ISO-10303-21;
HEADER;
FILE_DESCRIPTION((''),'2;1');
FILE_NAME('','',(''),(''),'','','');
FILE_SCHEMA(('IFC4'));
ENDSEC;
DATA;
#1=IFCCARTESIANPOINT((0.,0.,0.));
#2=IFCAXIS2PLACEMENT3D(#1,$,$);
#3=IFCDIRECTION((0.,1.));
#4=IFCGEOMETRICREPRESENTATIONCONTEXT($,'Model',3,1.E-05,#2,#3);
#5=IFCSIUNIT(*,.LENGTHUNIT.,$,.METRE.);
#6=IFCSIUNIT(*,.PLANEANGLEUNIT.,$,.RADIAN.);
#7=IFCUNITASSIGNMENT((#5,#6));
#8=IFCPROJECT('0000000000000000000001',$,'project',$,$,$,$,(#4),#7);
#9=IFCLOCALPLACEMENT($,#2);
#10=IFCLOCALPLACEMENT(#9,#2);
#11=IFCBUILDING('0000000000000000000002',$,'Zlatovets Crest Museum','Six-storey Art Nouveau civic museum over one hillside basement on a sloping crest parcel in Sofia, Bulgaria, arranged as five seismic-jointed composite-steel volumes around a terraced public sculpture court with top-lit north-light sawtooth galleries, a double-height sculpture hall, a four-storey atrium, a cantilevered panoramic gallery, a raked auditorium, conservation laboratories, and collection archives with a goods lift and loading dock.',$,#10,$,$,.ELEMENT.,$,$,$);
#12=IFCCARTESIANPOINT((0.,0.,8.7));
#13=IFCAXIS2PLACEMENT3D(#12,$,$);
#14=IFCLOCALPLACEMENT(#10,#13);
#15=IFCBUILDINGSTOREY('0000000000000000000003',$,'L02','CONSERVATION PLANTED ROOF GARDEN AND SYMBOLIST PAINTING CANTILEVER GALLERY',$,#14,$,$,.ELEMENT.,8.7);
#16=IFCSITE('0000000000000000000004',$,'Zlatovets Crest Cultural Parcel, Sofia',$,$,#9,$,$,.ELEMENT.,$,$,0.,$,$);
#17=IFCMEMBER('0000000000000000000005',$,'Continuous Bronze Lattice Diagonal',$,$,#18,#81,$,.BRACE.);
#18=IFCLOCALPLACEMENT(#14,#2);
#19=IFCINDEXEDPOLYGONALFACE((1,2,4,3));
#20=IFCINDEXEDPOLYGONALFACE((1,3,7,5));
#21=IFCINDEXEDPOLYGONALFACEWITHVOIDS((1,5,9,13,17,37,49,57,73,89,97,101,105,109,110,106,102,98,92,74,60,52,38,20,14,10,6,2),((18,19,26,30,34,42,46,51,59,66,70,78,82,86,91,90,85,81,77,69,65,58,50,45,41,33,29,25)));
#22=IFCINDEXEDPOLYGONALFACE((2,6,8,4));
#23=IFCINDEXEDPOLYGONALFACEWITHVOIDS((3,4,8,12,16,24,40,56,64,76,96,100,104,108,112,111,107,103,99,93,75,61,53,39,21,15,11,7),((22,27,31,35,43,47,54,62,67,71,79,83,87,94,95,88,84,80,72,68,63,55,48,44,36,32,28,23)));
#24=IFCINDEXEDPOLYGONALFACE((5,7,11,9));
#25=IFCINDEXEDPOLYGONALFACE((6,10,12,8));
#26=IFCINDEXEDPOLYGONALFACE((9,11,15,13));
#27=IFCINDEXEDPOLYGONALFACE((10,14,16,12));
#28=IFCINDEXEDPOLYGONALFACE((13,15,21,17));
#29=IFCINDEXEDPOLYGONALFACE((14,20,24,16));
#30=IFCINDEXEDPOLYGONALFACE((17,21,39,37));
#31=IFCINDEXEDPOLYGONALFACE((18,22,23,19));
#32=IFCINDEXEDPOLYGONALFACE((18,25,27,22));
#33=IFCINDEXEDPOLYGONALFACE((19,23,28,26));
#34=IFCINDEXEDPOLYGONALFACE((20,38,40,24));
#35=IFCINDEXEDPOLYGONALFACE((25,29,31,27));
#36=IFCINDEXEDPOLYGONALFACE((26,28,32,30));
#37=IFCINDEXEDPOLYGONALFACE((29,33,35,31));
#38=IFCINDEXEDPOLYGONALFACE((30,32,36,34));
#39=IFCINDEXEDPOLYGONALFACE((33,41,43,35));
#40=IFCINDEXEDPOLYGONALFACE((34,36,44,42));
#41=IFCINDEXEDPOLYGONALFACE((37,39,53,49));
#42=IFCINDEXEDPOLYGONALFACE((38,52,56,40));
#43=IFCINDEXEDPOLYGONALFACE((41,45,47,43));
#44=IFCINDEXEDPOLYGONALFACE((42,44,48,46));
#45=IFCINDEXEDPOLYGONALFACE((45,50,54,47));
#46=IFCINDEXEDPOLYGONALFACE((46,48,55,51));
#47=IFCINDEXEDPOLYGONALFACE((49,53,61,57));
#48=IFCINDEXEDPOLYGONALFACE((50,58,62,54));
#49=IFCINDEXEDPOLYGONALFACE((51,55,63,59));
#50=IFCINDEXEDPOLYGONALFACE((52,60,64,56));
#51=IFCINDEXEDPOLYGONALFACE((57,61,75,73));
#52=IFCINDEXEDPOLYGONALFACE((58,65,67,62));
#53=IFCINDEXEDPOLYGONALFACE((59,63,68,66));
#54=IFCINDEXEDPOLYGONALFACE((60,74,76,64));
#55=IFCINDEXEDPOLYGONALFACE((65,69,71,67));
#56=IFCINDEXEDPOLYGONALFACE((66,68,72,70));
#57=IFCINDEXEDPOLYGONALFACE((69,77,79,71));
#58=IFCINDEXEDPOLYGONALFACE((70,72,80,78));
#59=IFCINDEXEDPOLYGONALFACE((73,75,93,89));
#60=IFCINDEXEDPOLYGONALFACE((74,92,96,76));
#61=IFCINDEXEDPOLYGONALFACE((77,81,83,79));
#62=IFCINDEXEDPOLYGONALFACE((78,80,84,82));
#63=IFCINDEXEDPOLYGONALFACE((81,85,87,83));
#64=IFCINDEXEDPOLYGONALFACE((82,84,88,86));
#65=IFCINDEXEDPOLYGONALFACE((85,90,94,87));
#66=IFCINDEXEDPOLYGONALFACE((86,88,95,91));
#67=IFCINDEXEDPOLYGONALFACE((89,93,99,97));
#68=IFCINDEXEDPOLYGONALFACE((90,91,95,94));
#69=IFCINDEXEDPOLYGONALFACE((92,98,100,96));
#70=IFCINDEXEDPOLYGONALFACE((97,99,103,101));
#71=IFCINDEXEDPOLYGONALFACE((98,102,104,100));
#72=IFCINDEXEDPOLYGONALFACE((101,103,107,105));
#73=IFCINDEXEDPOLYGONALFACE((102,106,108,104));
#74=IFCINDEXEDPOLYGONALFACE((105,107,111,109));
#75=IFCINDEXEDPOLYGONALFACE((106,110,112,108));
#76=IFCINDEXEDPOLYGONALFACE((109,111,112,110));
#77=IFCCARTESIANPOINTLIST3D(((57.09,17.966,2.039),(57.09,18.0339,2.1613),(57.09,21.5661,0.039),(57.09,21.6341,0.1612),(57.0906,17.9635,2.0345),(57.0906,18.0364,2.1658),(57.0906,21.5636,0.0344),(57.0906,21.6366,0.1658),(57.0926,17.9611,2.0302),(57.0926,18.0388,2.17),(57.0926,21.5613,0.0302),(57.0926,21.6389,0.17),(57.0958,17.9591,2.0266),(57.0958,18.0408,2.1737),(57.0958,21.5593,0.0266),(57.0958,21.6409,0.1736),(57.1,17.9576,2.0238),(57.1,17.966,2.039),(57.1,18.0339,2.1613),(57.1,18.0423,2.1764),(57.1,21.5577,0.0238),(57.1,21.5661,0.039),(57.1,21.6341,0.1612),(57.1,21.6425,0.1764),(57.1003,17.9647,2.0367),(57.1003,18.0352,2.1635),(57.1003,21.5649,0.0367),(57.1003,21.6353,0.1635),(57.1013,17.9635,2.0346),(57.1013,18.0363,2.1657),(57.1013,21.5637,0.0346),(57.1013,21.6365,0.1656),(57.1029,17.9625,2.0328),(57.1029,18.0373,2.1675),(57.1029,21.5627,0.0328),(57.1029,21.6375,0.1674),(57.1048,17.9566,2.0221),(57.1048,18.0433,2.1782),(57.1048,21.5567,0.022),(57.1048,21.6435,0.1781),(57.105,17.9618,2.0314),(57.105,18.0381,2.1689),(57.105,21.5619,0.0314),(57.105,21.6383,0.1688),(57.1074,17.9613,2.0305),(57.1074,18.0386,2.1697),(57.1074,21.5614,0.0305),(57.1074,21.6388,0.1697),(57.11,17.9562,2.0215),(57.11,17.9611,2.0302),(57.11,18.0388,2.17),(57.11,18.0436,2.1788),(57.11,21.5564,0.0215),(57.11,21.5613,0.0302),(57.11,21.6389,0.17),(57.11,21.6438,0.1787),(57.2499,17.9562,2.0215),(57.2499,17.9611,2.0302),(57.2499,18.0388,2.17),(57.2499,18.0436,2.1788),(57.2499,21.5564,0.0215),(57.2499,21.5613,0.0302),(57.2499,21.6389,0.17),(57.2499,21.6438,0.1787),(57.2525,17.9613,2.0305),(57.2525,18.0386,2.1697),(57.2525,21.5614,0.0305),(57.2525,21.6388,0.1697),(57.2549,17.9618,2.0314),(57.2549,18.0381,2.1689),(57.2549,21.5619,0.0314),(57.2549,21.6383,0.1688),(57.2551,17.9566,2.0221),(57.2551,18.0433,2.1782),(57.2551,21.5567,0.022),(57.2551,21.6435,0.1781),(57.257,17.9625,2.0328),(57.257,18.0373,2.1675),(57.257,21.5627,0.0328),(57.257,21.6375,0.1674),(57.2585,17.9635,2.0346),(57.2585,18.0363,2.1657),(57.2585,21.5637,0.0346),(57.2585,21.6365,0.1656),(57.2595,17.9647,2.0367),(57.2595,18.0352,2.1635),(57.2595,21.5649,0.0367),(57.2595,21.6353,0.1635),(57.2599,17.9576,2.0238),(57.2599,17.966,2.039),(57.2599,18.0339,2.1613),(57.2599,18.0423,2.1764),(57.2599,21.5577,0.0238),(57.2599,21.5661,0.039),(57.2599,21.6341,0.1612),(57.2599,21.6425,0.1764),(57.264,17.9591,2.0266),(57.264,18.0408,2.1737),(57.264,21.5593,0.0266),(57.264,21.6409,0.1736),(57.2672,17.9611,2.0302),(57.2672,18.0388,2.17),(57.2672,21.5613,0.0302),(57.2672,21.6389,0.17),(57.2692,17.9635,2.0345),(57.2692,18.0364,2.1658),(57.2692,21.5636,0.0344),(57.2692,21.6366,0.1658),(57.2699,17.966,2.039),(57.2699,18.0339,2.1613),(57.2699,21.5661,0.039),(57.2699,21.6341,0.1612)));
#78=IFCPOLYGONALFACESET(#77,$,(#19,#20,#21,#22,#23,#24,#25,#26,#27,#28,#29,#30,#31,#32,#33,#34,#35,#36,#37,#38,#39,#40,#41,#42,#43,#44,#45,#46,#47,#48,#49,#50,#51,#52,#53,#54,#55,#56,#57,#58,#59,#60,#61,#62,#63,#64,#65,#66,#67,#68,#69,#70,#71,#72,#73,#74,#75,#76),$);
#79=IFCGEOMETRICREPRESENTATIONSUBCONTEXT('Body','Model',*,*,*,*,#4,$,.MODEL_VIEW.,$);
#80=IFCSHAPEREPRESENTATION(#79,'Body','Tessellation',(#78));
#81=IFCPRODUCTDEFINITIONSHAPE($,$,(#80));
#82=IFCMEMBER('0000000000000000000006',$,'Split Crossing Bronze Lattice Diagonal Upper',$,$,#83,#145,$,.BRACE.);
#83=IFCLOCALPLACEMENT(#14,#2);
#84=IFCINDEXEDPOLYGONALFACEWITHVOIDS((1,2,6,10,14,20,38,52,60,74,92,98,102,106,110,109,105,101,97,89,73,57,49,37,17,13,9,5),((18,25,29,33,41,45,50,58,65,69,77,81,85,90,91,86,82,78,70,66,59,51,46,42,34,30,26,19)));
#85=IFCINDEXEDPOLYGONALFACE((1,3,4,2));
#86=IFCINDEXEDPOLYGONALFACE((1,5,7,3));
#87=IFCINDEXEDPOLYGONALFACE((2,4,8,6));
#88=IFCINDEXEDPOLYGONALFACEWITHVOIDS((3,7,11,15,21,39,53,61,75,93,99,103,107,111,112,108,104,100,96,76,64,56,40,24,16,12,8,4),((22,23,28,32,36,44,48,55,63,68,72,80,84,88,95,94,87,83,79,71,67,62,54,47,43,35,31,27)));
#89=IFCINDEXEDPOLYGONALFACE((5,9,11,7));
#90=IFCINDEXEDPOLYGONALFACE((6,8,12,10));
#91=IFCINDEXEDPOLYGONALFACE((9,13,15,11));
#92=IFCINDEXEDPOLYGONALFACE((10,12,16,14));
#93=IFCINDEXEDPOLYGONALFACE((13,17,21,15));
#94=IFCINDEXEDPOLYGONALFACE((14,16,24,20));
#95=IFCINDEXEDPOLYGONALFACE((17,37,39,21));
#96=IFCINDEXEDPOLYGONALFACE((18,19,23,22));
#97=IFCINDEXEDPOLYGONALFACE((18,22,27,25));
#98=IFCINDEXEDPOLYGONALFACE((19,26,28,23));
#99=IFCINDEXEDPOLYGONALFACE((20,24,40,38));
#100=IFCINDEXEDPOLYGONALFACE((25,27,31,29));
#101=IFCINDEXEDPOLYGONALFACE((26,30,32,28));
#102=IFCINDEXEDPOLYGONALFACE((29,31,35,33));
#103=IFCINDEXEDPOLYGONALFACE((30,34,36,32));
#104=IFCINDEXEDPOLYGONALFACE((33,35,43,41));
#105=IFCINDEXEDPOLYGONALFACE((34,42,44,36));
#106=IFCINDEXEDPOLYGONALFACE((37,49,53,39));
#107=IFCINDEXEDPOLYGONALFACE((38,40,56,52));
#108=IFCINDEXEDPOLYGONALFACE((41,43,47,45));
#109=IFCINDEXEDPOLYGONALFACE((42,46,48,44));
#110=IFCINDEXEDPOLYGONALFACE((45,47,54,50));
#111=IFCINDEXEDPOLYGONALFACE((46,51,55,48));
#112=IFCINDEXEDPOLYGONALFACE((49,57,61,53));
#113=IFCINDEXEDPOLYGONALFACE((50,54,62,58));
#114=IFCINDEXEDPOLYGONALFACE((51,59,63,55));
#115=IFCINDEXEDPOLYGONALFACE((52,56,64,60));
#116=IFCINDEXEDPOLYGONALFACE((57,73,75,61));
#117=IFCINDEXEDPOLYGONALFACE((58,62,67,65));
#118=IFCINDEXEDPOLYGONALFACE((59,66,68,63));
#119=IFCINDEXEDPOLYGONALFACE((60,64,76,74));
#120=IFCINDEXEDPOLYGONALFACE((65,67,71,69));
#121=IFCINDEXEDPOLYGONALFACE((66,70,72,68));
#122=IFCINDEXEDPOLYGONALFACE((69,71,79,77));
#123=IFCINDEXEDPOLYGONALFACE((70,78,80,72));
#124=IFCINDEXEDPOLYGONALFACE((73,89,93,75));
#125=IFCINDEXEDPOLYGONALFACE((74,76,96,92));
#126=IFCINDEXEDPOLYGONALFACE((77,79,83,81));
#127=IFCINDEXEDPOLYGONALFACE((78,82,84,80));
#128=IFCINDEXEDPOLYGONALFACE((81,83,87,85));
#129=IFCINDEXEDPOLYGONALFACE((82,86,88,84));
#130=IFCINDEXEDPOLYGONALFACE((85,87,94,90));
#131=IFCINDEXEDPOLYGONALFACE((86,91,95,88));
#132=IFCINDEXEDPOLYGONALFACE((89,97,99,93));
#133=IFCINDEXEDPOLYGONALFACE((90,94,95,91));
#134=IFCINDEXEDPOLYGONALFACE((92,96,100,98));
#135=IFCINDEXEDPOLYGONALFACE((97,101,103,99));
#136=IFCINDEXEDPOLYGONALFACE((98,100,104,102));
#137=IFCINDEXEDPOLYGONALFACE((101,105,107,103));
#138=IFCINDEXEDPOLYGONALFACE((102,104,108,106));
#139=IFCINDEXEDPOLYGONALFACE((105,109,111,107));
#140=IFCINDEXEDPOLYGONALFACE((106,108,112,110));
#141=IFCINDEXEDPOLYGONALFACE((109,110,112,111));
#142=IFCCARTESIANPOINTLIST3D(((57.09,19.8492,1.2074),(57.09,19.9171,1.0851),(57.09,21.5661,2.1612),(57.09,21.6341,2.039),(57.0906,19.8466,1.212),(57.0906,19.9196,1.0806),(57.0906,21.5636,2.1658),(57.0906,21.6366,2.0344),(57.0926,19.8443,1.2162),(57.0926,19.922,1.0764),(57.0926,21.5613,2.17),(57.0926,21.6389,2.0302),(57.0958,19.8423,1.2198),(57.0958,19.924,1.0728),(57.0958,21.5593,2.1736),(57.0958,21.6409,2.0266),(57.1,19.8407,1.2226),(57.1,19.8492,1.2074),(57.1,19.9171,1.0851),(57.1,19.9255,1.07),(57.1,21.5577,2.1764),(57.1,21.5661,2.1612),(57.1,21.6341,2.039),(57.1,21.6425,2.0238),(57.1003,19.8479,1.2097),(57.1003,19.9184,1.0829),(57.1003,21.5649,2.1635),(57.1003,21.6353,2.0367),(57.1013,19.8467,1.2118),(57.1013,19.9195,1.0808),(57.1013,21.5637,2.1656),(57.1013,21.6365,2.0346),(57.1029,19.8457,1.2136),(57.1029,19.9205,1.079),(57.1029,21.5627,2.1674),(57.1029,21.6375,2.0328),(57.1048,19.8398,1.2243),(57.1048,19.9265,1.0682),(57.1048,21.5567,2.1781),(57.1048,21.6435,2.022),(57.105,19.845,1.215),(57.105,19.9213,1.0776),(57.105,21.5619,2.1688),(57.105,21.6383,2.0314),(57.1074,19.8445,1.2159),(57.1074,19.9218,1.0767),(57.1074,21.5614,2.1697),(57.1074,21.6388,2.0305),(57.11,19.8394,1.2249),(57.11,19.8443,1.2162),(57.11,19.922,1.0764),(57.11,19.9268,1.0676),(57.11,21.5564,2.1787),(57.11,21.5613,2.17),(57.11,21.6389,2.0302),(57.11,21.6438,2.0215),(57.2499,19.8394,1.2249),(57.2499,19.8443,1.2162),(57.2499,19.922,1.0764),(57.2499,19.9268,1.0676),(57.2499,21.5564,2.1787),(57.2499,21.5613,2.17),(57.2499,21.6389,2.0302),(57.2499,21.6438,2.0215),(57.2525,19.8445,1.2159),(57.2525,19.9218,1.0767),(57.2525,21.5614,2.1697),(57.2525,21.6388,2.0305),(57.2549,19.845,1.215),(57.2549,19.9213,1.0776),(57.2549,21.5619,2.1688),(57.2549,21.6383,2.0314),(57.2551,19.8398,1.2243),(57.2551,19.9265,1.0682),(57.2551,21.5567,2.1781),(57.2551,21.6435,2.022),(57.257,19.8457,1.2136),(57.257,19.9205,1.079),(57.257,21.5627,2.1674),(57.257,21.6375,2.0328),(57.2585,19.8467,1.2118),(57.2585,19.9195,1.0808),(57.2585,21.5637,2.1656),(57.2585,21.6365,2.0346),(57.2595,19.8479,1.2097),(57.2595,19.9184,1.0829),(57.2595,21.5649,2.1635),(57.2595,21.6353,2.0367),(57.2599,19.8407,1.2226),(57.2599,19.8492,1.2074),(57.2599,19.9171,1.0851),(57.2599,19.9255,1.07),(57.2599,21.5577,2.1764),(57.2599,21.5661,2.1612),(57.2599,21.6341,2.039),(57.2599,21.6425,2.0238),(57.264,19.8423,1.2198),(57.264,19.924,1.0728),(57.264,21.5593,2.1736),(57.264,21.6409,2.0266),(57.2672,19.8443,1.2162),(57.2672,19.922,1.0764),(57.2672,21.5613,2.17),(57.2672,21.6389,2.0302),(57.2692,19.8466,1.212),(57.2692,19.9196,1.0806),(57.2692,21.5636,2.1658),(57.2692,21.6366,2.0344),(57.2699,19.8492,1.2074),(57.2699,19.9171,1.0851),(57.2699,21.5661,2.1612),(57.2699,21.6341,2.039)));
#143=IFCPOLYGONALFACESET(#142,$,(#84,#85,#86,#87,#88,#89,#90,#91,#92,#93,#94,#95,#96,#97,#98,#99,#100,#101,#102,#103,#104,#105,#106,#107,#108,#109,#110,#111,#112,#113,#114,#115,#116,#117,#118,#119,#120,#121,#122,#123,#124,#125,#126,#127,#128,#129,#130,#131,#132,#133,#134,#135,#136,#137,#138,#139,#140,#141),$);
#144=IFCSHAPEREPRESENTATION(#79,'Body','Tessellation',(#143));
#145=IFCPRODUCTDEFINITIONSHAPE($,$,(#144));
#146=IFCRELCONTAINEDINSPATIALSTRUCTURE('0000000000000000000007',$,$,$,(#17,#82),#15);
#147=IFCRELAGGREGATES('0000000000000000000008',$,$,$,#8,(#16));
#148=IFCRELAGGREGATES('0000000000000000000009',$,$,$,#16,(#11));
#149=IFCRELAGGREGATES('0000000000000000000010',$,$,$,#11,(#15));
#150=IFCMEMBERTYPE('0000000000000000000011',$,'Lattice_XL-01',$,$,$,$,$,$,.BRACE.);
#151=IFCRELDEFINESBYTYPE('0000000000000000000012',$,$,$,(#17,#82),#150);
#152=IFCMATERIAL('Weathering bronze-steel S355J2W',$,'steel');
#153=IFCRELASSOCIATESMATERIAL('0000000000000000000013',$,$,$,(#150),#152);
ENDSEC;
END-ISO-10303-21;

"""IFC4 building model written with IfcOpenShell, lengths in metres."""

from ifc_helpers import new_model, si_unit, direction, frame, origin, origin_2d, place, context, subcontext, project, spatial, hollow_rectangle, extrude, material, material_profile, profile_set, type_object, element, save


model = new_model("IFC4")

# Units and contexts
model_context = context("Model", 3, precision=1e-05, world=origin(), true_north=direction((0.0, 1.0)))
body_context = subcontext(model_context, "Body", "Model", "MODEL_VIEW")
ifc_project = project(units=[si_unit("LENGTHUNIT", "METRE"), si_unit("PLANEANGLEUNIT", "RADIAN")], contexts=[model_context])

# Site, building, storey
site_placement = place(None, origin())
site = spatial("IfcSite", under=ifc_project, at=site_placement, Name="Zlatovets Crest Cultural Parcel, Sofia", CompositionType="ELEMENT", RefElevation=0.0)
building_placement = place(site_placement, origin())
building = spatial("IfcBuilding", under=site, at=building_placement, Name="Zlatovets Crest Museum", Description="Six-storey Art Nouveau civic museum over one hillside basement on a sloping crest parcel in Sofia, Bulgaria, arranged as five seismic-jointed composite-steel volumes around a terraced public sculpture court with top-lit north-light sawtooth galleries, a double-height sculpture hall, a four-storey atrium, a cantilevered panoramic gallery, a raked auditorium, conservation laboratories, and collection archives with a goods lift and loading dock.", CompositionType="ELEMENT")
storey_placement = place(building_placement, frame((0.0, 0.0, 8.7)))
storey = spatial("IfcBuildingStorey", under=building, at=storey_placement, Name="L02", Description="CONSERVATION PLANTED ROOF GARDEN AND SYMBOLIST PAINTING CANTILEVER GALLERY", CompositionType="ELEMENT", Elevation=8.7)

# Members
ifc_material_1 = material(Name="Weathering bronze-steel S355J2W", Category="steel")
ifc_material_profile_1 = material_profile(ifc_material_1, hollow_rectangle(XDim=0.1799, YDim=0.1799, WallThickness=0.01, InnerFilletRadius=0.01, OuterFilletRadius=0.02, at=origin_2d()), Name="SHS 180x180x10.0")
ifc_profile_set_1 = profile_set([ifc_material_profile_1], Name="Weathering bronze-steel S355J2W")
member_type_1 = type_object("IfcMemberType", Name="Lattice_XL-01", PredefinedType="BRACE", material=ifc_profile_set_1)
member_1_placement = place(storey_placement, frame((57.1799, 21.6001, 0.1001), z_axis=(0.0, -0.874163, 0.485633), x_axis=(1.0, 0.0, 0.0)))
element("IfcMember", 1, at=member_1_placement, inside=storey, type_object=member_type_1, Name="Continuous Bronze Lattice Diagonal", PredefinedType="BRACE", context=body_context, shape_type="SweptSolid", body=[
    extrude(hollow_rectangle(XDim=0.1799, YDim=0.1799, WallThickness=0.01, InnerFilletRadius=0.01, OuterFilletRadius=0.02, at=origin_2d()), origin(), (0.0, 0.0, 1.0), 4.1184),
])
for number, where, z_axis, x_axis, name in (
    (2, (57.1799, 21.6001, 2.1001), (0.0, -0.874169, -0.485622), (1.0, 0.0, 0.0), "Split Crossing Bronze Lattice Diagonal Upper"),
):
    element("IfcMember", number, at=place(storey_placement, frame(where, z_axis=z_axis, x_axis=x_axis)), inside=storey, type_object=member_type_1, Name=name, PredefinedType="BRACE", context=body_context, shape_type="SweptSolid", body=[
        extrude(hollow_rectangle(XDim=0.1799, YDim=0.1799, WallThickness=0.01, InnerFilletRadius=0.01, OuterFilletRadius=0.02, at=origin_2d()), origin(), (0.0, 0.0, 1.0), 1.9641),
    ])

save(model, "model.ifc")
